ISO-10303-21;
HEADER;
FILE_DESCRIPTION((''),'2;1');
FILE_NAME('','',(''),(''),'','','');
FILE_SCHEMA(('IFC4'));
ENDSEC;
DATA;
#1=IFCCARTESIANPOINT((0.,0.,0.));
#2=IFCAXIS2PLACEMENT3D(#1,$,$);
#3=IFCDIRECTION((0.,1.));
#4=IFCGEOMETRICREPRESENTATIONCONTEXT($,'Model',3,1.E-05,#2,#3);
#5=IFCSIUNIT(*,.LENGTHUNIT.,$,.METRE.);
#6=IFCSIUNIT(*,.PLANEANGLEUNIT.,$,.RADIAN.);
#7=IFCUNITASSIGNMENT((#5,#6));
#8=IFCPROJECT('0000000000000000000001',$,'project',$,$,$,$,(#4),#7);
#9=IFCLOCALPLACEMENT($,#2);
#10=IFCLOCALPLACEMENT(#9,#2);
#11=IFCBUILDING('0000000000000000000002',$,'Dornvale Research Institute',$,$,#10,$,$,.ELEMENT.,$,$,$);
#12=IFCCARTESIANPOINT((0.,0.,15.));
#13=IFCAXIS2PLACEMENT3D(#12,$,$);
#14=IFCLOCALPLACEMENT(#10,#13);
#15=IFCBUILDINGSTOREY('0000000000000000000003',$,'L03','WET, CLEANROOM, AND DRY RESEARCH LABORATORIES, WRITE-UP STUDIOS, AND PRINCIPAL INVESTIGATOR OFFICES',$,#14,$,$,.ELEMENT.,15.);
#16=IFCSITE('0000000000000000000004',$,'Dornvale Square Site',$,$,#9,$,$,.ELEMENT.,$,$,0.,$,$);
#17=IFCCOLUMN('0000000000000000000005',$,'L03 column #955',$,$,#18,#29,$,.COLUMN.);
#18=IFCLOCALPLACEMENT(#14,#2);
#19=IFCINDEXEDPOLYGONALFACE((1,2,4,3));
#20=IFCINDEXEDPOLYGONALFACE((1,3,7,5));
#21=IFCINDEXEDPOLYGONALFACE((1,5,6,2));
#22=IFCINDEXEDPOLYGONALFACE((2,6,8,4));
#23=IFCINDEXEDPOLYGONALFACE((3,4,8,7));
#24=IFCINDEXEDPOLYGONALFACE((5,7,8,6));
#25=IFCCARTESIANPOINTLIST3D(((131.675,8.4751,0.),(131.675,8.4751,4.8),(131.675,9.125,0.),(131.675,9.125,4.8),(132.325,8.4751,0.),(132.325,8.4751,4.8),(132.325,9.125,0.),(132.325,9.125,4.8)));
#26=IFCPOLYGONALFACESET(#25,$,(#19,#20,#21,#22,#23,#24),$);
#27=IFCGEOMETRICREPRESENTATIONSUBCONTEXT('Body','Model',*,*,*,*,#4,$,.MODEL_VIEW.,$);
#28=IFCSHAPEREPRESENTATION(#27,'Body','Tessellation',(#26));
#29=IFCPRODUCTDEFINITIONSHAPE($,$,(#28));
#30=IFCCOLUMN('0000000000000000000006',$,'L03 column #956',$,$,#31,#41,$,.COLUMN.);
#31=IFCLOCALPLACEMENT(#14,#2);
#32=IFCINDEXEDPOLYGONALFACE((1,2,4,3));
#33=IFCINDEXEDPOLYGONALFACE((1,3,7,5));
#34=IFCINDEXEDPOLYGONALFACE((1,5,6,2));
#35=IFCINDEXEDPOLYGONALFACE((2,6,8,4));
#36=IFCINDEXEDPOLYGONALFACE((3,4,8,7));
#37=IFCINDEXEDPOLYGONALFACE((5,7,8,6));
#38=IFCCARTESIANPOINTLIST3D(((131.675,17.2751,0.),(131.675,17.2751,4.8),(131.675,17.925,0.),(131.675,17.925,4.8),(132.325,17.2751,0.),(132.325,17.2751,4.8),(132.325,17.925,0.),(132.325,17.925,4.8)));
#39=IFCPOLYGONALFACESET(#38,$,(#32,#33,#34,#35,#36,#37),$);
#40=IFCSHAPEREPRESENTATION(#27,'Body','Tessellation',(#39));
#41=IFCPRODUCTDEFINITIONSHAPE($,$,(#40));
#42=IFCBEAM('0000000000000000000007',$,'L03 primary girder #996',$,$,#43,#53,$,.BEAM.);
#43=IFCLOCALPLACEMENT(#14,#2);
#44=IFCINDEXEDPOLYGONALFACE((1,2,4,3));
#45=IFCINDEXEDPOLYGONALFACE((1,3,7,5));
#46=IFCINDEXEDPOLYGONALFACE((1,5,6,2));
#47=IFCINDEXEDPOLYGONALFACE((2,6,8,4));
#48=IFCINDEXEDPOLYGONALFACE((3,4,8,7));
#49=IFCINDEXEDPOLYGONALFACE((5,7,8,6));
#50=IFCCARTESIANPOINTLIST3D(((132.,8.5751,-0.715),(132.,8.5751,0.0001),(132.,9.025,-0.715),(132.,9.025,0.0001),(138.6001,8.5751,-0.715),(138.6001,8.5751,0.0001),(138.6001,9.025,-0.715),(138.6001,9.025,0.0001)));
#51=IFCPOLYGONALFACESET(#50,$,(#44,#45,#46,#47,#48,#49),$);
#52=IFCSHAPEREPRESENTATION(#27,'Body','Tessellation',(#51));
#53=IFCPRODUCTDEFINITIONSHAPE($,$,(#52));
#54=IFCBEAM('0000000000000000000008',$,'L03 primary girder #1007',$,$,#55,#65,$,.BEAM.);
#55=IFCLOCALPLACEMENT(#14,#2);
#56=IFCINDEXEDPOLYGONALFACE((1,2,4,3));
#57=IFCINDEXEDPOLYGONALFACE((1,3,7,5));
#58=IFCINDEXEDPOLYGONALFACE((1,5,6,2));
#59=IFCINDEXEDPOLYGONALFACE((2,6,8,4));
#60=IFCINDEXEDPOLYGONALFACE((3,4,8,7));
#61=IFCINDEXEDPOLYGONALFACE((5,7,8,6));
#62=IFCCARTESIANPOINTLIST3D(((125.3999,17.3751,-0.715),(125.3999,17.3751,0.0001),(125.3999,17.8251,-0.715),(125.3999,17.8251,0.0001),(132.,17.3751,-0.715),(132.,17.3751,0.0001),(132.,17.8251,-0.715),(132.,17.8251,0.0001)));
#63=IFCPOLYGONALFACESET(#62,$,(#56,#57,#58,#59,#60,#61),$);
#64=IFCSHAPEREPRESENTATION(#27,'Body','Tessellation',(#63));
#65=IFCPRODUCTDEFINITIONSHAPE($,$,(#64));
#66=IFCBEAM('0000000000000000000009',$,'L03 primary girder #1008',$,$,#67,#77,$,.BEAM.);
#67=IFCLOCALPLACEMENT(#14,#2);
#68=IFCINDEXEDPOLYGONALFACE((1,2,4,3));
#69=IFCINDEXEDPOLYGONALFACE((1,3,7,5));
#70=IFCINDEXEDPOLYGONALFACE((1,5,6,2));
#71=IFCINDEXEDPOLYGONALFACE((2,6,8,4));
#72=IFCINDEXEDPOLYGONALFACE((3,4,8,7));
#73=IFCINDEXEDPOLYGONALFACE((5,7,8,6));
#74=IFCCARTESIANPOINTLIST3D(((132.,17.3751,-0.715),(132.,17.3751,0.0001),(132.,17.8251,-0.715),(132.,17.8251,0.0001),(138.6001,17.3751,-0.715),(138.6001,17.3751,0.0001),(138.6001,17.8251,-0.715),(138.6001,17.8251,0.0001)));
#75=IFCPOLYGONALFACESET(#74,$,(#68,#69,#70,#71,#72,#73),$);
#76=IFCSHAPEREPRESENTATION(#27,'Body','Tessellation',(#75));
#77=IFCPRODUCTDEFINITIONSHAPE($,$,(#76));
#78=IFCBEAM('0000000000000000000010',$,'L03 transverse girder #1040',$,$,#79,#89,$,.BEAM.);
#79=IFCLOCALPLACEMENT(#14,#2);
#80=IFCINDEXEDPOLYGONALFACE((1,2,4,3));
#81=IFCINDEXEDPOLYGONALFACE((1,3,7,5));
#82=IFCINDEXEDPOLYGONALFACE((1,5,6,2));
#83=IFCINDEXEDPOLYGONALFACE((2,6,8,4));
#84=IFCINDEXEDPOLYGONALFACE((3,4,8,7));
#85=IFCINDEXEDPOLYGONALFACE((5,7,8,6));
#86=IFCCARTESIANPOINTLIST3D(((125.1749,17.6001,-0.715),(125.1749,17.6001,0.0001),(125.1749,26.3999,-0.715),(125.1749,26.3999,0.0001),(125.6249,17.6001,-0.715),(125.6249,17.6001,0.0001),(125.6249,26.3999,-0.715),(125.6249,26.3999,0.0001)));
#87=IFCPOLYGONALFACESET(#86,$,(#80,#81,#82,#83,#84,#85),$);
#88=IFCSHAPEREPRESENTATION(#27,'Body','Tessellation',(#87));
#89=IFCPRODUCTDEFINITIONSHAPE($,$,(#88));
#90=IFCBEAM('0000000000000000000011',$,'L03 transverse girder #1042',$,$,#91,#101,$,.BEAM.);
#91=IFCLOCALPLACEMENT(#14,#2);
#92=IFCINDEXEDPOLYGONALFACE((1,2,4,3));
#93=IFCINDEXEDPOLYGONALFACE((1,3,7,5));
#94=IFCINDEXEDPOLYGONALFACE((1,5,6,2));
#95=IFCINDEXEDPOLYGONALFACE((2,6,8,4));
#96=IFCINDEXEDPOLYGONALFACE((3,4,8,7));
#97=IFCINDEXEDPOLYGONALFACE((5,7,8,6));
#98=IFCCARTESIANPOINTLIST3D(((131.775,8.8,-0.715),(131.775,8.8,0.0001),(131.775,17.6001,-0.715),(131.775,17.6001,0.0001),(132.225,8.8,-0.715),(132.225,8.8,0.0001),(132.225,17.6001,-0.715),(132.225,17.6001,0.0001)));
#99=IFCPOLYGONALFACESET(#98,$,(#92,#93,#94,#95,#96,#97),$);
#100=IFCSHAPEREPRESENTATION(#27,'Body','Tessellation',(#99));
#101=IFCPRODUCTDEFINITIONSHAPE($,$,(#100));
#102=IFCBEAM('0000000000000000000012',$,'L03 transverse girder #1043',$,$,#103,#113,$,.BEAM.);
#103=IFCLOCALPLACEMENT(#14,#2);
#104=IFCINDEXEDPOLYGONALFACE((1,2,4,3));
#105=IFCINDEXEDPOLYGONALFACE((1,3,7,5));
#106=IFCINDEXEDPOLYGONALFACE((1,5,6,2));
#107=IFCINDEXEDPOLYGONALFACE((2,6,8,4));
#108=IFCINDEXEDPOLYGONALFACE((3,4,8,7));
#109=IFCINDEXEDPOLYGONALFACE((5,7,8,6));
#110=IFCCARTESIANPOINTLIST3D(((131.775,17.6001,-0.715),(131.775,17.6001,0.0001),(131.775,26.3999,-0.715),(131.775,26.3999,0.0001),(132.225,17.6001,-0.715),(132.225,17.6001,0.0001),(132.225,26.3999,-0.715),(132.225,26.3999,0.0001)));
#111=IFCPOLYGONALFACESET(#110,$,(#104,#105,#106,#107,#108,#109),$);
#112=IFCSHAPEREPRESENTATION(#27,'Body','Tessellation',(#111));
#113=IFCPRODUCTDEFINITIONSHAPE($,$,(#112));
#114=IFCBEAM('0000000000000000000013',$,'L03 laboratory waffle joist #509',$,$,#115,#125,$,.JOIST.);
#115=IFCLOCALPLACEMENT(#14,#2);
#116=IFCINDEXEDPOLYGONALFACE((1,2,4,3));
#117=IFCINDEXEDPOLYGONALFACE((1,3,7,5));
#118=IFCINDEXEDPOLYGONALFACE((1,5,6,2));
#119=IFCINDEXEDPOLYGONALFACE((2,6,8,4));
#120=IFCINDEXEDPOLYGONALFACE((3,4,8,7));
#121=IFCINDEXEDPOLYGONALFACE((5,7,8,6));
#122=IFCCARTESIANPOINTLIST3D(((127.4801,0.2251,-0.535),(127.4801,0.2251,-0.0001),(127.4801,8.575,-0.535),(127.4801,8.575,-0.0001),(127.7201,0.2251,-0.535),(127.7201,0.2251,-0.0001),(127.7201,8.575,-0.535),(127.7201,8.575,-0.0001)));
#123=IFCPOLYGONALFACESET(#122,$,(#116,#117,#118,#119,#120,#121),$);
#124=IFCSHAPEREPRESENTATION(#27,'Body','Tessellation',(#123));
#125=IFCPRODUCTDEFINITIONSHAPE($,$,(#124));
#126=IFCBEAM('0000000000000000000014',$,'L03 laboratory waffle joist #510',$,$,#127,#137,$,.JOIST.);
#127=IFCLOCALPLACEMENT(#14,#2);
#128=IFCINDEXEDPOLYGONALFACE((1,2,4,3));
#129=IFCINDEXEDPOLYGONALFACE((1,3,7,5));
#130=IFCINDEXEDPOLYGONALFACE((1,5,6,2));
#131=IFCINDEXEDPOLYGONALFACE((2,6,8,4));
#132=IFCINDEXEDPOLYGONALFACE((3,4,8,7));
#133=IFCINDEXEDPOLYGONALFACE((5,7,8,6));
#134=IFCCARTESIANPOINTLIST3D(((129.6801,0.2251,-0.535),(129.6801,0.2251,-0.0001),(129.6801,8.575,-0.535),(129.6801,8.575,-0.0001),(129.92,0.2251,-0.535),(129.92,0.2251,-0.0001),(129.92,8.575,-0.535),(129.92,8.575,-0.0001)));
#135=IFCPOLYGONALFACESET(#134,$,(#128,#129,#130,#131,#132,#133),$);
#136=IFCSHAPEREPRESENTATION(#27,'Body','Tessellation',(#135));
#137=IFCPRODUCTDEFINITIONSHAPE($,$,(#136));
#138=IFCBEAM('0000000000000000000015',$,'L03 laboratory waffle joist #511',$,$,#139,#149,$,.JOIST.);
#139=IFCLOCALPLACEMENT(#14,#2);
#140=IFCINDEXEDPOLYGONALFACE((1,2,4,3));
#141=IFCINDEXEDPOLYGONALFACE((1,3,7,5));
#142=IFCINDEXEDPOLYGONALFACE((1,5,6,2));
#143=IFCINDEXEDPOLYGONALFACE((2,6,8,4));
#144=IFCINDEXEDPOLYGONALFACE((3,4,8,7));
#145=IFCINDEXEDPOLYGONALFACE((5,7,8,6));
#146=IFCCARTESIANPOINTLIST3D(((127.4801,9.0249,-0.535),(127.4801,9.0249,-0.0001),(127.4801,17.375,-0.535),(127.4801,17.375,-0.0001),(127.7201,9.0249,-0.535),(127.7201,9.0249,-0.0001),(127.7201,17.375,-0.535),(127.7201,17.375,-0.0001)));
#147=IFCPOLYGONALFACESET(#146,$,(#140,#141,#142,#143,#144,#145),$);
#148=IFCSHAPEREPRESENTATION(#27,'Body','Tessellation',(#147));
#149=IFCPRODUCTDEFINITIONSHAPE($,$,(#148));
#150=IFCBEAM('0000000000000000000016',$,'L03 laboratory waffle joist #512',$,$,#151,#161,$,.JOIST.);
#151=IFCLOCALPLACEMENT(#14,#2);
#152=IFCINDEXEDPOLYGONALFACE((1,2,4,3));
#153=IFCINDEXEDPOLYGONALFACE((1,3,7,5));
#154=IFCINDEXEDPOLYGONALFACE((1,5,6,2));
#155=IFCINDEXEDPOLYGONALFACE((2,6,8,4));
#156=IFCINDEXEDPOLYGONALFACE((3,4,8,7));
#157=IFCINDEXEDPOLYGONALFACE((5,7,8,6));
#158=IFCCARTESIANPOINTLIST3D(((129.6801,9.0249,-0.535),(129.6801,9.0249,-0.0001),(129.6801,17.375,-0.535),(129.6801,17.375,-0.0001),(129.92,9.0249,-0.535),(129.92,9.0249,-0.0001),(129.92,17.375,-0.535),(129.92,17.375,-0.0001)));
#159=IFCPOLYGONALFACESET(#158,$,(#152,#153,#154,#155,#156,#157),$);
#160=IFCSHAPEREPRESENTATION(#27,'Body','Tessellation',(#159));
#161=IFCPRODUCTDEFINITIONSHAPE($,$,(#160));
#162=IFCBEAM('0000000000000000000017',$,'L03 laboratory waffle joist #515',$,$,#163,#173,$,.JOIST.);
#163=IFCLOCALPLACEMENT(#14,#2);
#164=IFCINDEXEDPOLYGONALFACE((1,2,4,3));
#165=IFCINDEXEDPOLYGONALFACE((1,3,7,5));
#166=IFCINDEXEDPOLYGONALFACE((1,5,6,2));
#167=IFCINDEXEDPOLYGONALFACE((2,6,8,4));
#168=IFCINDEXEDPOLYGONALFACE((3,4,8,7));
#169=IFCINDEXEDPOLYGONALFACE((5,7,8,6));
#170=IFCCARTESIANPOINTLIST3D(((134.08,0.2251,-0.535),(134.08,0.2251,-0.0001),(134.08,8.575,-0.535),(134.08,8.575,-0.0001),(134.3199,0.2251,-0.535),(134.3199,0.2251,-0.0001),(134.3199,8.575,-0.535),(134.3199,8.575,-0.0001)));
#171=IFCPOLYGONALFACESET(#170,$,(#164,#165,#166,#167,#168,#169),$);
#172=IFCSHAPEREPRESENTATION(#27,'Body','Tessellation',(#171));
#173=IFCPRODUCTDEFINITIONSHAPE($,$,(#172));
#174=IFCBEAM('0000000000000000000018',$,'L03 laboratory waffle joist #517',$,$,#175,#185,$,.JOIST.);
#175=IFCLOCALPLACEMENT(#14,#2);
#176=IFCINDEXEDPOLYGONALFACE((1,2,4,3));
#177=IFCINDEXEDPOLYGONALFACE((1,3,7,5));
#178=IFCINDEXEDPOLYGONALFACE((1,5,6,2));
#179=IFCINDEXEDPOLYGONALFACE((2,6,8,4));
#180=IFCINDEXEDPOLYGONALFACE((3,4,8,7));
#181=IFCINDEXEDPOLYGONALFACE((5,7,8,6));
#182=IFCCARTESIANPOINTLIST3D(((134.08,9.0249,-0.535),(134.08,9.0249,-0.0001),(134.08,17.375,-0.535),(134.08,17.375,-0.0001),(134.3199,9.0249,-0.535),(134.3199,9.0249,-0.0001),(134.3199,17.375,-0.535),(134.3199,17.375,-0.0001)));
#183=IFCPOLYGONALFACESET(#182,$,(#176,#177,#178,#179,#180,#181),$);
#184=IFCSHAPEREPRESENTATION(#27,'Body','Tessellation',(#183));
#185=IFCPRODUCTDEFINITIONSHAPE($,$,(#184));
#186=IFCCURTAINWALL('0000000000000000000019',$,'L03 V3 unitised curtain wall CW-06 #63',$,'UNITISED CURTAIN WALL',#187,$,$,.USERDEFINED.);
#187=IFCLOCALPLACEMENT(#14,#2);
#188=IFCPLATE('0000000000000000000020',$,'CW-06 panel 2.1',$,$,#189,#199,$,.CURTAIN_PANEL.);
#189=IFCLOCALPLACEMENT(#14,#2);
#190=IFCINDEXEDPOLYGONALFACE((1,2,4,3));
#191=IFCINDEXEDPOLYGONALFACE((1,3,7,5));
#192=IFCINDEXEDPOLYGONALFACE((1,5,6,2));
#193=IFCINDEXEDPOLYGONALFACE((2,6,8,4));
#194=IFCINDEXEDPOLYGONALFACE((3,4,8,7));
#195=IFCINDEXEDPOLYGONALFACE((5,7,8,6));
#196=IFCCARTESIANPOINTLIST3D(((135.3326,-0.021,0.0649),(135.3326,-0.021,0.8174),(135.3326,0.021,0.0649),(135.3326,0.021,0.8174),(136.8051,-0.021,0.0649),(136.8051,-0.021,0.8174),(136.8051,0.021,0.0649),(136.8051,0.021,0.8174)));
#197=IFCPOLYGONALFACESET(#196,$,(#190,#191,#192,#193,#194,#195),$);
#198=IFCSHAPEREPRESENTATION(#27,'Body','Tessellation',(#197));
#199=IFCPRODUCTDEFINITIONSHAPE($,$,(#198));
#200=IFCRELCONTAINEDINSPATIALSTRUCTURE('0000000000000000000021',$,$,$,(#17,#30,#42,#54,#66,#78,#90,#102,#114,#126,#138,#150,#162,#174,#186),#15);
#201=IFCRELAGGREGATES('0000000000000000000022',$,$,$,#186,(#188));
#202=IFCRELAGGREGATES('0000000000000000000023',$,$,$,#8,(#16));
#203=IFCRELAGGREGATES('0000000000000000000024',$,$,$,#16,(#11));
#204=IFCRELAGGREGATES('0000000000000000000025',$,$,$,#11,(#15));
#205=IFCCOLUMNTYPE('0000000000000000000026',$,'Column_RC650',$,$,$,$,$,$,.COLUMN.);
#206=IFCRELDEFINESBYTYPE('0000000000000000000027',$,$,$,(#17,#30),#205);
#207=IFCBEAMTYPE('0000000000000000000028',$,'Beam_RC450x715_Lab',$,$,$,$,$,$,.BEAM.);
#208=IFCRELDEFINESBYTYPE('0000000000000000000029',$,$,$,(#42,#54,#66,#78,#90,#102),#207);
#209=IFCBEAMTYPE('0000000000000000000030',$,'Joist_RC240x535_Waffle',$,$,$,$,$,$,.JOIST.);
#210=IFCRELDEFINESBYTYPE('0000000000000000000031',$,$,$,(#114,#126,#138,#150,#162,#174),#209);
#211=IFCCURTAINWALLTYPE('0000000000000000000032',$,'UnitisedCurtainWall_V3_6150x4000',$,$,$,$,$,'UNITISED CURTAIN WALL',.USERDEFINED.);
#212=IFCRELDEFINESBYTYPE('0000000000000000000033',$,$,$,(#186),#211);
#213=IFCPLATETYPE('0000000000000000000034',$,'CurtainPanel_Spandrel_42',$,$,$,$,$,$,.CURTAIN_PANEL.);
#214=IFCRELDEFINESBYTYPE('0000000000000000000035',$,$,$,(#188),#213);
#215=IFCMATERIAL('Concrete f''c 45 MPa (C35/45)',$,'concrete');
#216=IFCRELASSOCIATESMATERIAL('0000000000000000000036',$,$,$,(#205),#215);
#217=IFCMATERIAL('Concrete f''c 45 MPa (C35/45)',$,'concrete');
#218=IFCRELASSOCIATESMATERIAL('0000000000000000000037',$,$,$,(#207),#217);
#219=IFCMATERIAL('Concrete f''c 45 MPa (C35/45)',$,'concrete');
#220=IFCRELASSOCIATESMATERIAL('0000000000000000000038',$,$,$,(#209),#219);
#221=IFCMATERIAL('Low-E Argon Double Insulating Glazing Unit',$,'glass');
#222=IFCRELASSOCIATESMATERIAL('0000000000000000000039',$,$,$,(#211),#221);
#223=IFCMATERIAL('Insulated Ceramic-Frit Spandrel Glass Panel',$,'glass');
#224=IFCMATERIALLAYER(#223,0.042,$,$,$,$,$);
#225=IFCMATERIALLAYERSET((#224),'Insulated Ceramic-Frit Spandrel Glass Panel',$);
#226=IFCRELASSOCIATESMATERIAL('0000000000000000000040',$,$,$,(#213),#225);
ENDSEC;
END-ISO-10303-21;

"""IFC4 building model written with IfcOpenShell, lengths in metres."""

from ifc_helpers import new_model, si_unit, direction, frame, origin, origin_2d, place, context, subcontext, project, spatial, rectangle, extrude, material, layer, layer_set, material_profile, profile_set, type_object, element, aggregate, save


model = new_model("IFC4")

# Units and contexts
model_context = context("Model", 3, precision=1e-05, world=origin(), true_north=direction((0.0, 1.0)))
body_context = subcontext(model_context, "Body", "Model", "MODEL_VIEW")
ifc_project = project(units=[si_unit("LENGTHUNIT", "METRE"), si_unit("PLANEANGLEUNIT", "RADIAN")], contexts=[model_context])

# Site, building, storey
site_placement = place(None, origin())
site = spatial("IfcSite", under=ifc_project, at=site_placement, Name="Dornvale Square Site", CompositionType="ELEMENT", RefElevation=0.0)
building_placement = place(site_placement, origin())
building = spatial("IfcBuilding", under=site, at=building_placement, Name="Dornvale Research Institute", CompositionType="ELEMENT")
storey_placement = place(building_placement, frame((0.0, 0.0, 15.0)))
storey = spatial("IfcBuildingStorey", under=building, at=storey_placement, Name="L03", Description="WET, CLEANROOM, AND DRY RESEARCH LABORATORIES, WRITE-UP STUDIOS, AND PRINCIPAL INVESTIGATOR OFFICES", CompositionType="ELEMENT", Elevation=15.0)

# Columns
ifc_material_1 = material(Name="Concrete f'c 45 MPa (C35/45)", Category="concrete")
ifc_material_profile_1 = material_profile(ifc_material_1, rectangle(XDim=0.6499, YDim=0.6499, at=origin_2d()), Name="RC 650x650")
ifc_profile_set_1 = profile_set([ifc_material_profile_1], Name="Concrete f'c 45 MPa (C35/45)")
column_type = type_object("IfcColumnType", Name="Column_RC650", PredefinedType="COLUMN", material=ifc_profile_set_1)
for number, where, z_axis, x_axis, name in (
    (1, (132.0, 8.8, 0.0), (0.0, 0.0, 1.0), (1.0, 0.0, 0.0), "L03 column #955"),
    (2, (132.0, 17.6001, 0.0), (0.0, 0.0, 1.0), (1.0, 0.0, 0.0), "L03 column #956"),
):
    element("IfcColumn", number, at=place(storey_placement, frame(where, z_axis=z_axis, x_axis=x_axis)), inside=storey, type_object=column_type, Name=name, PredefinedType="COLUMN", context=body_context, shape_type="SweptSolid", body=[
        extrude(rectangle(XDim=0.6499, YDim=0.6499, at=origin_2d()), origin(), (0.0, 0.0, 1.0), 4.8),
    ])

# Beams
ifc_material_2 = material(Name="Concrete f'c 45 MPa (C35/45)", Category="concrete")
ifc_material_profile_2 = material_profile(ifc_material_2, rectangle(XDim=0.45, YDim=0.7151, at=origin_2d()), Name="RC 450x715")
ifc_profile_set_2 = profile_set([ifc_material_profile_2], Name="Concrete f'c 45 MPa (C35/45)")
beam_type_1 = type_object("IfcBeamType", Name="Beam_RC450x715_Lab", PredefinedType="BEAM", material=ifc_profile_set_2)
for number, where, z_axis, x_axis, name in (
    (3, (132.0, 8.8, -0.3574), (1.0, 0.0, 0.0), (0.0, 1.0, 0.0), "L03 primary girder #996"),
    (4, (125.3999, 17.6001, -0.3574), (1.0, 0.0, 0.0), (0.0, 1.0, 0.0), "L03 primary girder #1007"),
    (5, (132.0, 17.6001, -0.3574), (1.0, 0.0, 0.0), (0.0, 1.0, 0.0), "L03 primary girder #1008"),
):
    element("IfcBeam", number, at=place(storey_placement, frame(where, z_axis=z_axis, x_axis=x_axis)), inside=storey, type_object=beam_type_1, Name=name, PredefinedType="BEAM", context=body_context, shape_type="SweptSolid", body=[
        extrude(rectangle(XDim=0.45, YDim=0.7151, at=origin_2d()), origin(), (0.0, 0.0, 1.0), 6.6001),
    ])
beam_1_placement = place(storey_placement, frame((125.3999, 17.6001, -0.3574), z_axis=(0.0, 1.0, 0.0), x_axis=(-1.0, 0.0, 0.0)))
element("IfcBeam", 6, at=beam_1_placement, inside=storey, type_object=beam_type_1, Name="L03 transverse girder #1040", PredefinedType="BEAM", context=body_context, shape_type="SweptSolid", body=[
    extrude(rectangle(XDim=0.45, YDim=0.7151, at=origin_2d()), origin(), (0.0, 0.0, 1.0), 8.7998),
])
beam_2_placement = place(storey_placement, frame((132.0, 8.8, -0.3574), z_axis=(0.0, 1.0, 0.0), x_axis=(-1.0, 0.0, 0.0)))
element("IfcBeam", 7, at=beam_2_placement, inside=storey, type_object=beam_type_1, Name="L03 transverse girder #1042", PredefinedType="BEAM", context=body_context, shape_type="SweptSolid", body=[
    extrude(rectangle(XDim=0.45, YDim=0.7151, at=origin_2d()), origin(), (0.0, 0.0, 1.0), 8.8),
])
beam_3_placement = place(storey_placement, frame((132.0, 17.6001, -0.3574), z_axis=(0.0, 1.0, 0.0), x_axis=(-1.0, 0.0, 0.0)))
element("IfcBeam", 8, at=beam_3_placement, inside=storey, type_object=beam_type_1, Name="L03 transverse girder #1043", PredefinedType="BEAM", context=body_context, shape_type="SweptSolid", body=[
    extrude(rectangle(XDim=0.45, YDim=0.7151, at=origin_2d()), origin(), (0.0, 0.0, 1.0), 8.7998),
])
ifc_material_3 = material(Name="Concrete f'c 45 MPa (C35/45)", Category="concrete")
ifc_material_profile_3 = material_profile(ifc_material_3, rectangle(XDim=0.24, YDim=0.5349, at=origin_2d()), Name="RC 240x535")
ifc_profile_set_3 = profile_set([ifc_material_profile_3], Name="Concrete f'c 45 MPa (C35/45)")
beam_type_2 = type_object("IfcBeamType", Name="Joist_RC240x535_Waffle", PredefinedType="JOIST", material=ifc_profile_set_3)
for number, where, z_axis, x_axis, name in (
    (9, (127.6001, 0.2251, -0.2676), (0.0, 1.0, 0.0), (-1.0, 0.0, 0.0), "L03 laboratory waffle joist #509"),
    (10, (129.8, 0.2251, -0.2676), (0.0, 1.0, 0.0), (-1.0, 0.0, 0.0), "L03 laboratory waffle joist #510"),
):
    element("IfcBeam", number, at=place(storey_placement, frame(where, z_axis=z_axis, x_axis=x_axis)), inside=storey, type_object=beam_type_2, Name=name, PredefinedType="JOIST", context=body_context, shape_type="SweptSolid", body=[
        extrude(rectangle(XDim=0.24, YDim=0.5349, at=origin_2d()), origin(), (0.0, 0.0, 1.0), 8.3499),
    ])
for number, where, z_axis, x_axis, name in (
    (11, (127.6001, 9.0249, -0.2676), (0.0, 1.0, 0.0), (-1.0, 0.0, 0.0), "L03 laboratory waffle joist #511"),
    (12, (129.8, 9.0249, -0.2676), (0.0, 1.0, 0.0), (-1.0, 0.0, 0.0), "L03 laboratory waffle joist #512"),
):
    element("IfcBeam", number, at=place(storey_placement, frame(where, z_axis=z_axis, x_axis=x_axis)), inside=storey, type_object=beam_type_2, Name=name, PredefinedType="JOIST", context=body_context, shape_type="SweptSolid", body=[
        extrude(rectangle(XDim=0.24, YDim=0.5349, at=origin_2d()), origin(), (0.0, 0.0, 1.0), 8.3501),
    ])
beam_4_placement = place(storey_placement, frame((134.2, 0.2251, -0.2676), z_axis=(0.0, 1.0, 0.0), x_axis=(-1.0, 0.0, 0.0)))
element("IfcBeam", 13, at=beam_4_placement, inside=storey, type_object=beam_type_2, Name="L03 laboratory waffle joist #515", PredefinedType="JOIST", context=body_context, shape_type="SweptSolid", body=[
    extrude(rectangle(XDim=0.24, YDim=0.5349, at=origin_2d()), origin(), (0.0, 0.0, 1.0), 8.3499),
])
beam_5_placement = place(storey_placement, frame((134.2, 9.0249, -0.2676), z_axis=(0.0, 1.0, 0.0), x_axis=(-1.0, 0.0, 0.0)))
element("IfcBeam", 14, at=beam_5_placement, inside=storey, type_object=beam_type_2, Name="L03 laboratory waffle joist #517", PredefinedType="JOIST", context=body_context, shape_type="SweptSolid", body=[
    extrude(rectangle(XDim=0.24, YDim=0.5349, at=origin_2d()), origin(), (0.0, 0.0, 1.0), 8.3501),
])

# Curtain wall, plate
ifc_material_4 = material(Name="Low-E Argon Double Insulating Glazing Unit", Category="glass")
curtain_wall_type = type_object("IfcCurtainWallType", Name="UnitisedCurtainWall_V3_6150x4000", ElementType="UNITISED CURTAIN WALL", PredefinedType="USERDEFINED", material=ifc_material_4)
curtain_wall_placement = place(storey_placement, origin())
curtain_wall = element("IfcCurtainWall", 15, at=curtain_wall_placement, inside=storey, type_object=curtain_wall_type, Name="L03 V3 unitised curtain wall CW-06 #63", ObjectType="UNITISED CURTAIN WALL", PredefinedType="USERDEFINED")
ifc_material_5 = material(Name="Insulated Ceramic-Frit Spandrel Glass Panel", Category="glass")
ifc_layer_1 = layer(ifc_material_5, 0.042)
ifc_layer_set_1 = layer_set([ifc_layer_1], Name="Insulated Ceramic-Frit Spandrel Glass Panel")
plate_type_1 = type_object("IfcPlateType", Name="CurtainPanel_Spandrel_42", PredefinedType="CURTAIN_PANEL", material=ifc_layer_set_1)
plate_1_placement = place(storey_placement, frame((136.0688, 0.0, 0.0649), z_axis=(0.0, 0.0, 1.0), x_axis=(-1.0, 0.0, 0.0)))
plate_1 = element("IfcPlate", 16, at=plate_1_placement, type_object=plate_type_1, Name="CW-06 panel 2.1", PredefinedType="CURTAIN_PANEL", context=body_context, shape_type="SweptSolid", body=[
    extrude(rectangle(XDim=1.4724, YDim=0.042, at=origin_2d()), origin(), (0.0, 0.0, 1.0), 0.7524),
])
aggregate(curtain_wall, [plate_1])

save(model, "model.ifc")
